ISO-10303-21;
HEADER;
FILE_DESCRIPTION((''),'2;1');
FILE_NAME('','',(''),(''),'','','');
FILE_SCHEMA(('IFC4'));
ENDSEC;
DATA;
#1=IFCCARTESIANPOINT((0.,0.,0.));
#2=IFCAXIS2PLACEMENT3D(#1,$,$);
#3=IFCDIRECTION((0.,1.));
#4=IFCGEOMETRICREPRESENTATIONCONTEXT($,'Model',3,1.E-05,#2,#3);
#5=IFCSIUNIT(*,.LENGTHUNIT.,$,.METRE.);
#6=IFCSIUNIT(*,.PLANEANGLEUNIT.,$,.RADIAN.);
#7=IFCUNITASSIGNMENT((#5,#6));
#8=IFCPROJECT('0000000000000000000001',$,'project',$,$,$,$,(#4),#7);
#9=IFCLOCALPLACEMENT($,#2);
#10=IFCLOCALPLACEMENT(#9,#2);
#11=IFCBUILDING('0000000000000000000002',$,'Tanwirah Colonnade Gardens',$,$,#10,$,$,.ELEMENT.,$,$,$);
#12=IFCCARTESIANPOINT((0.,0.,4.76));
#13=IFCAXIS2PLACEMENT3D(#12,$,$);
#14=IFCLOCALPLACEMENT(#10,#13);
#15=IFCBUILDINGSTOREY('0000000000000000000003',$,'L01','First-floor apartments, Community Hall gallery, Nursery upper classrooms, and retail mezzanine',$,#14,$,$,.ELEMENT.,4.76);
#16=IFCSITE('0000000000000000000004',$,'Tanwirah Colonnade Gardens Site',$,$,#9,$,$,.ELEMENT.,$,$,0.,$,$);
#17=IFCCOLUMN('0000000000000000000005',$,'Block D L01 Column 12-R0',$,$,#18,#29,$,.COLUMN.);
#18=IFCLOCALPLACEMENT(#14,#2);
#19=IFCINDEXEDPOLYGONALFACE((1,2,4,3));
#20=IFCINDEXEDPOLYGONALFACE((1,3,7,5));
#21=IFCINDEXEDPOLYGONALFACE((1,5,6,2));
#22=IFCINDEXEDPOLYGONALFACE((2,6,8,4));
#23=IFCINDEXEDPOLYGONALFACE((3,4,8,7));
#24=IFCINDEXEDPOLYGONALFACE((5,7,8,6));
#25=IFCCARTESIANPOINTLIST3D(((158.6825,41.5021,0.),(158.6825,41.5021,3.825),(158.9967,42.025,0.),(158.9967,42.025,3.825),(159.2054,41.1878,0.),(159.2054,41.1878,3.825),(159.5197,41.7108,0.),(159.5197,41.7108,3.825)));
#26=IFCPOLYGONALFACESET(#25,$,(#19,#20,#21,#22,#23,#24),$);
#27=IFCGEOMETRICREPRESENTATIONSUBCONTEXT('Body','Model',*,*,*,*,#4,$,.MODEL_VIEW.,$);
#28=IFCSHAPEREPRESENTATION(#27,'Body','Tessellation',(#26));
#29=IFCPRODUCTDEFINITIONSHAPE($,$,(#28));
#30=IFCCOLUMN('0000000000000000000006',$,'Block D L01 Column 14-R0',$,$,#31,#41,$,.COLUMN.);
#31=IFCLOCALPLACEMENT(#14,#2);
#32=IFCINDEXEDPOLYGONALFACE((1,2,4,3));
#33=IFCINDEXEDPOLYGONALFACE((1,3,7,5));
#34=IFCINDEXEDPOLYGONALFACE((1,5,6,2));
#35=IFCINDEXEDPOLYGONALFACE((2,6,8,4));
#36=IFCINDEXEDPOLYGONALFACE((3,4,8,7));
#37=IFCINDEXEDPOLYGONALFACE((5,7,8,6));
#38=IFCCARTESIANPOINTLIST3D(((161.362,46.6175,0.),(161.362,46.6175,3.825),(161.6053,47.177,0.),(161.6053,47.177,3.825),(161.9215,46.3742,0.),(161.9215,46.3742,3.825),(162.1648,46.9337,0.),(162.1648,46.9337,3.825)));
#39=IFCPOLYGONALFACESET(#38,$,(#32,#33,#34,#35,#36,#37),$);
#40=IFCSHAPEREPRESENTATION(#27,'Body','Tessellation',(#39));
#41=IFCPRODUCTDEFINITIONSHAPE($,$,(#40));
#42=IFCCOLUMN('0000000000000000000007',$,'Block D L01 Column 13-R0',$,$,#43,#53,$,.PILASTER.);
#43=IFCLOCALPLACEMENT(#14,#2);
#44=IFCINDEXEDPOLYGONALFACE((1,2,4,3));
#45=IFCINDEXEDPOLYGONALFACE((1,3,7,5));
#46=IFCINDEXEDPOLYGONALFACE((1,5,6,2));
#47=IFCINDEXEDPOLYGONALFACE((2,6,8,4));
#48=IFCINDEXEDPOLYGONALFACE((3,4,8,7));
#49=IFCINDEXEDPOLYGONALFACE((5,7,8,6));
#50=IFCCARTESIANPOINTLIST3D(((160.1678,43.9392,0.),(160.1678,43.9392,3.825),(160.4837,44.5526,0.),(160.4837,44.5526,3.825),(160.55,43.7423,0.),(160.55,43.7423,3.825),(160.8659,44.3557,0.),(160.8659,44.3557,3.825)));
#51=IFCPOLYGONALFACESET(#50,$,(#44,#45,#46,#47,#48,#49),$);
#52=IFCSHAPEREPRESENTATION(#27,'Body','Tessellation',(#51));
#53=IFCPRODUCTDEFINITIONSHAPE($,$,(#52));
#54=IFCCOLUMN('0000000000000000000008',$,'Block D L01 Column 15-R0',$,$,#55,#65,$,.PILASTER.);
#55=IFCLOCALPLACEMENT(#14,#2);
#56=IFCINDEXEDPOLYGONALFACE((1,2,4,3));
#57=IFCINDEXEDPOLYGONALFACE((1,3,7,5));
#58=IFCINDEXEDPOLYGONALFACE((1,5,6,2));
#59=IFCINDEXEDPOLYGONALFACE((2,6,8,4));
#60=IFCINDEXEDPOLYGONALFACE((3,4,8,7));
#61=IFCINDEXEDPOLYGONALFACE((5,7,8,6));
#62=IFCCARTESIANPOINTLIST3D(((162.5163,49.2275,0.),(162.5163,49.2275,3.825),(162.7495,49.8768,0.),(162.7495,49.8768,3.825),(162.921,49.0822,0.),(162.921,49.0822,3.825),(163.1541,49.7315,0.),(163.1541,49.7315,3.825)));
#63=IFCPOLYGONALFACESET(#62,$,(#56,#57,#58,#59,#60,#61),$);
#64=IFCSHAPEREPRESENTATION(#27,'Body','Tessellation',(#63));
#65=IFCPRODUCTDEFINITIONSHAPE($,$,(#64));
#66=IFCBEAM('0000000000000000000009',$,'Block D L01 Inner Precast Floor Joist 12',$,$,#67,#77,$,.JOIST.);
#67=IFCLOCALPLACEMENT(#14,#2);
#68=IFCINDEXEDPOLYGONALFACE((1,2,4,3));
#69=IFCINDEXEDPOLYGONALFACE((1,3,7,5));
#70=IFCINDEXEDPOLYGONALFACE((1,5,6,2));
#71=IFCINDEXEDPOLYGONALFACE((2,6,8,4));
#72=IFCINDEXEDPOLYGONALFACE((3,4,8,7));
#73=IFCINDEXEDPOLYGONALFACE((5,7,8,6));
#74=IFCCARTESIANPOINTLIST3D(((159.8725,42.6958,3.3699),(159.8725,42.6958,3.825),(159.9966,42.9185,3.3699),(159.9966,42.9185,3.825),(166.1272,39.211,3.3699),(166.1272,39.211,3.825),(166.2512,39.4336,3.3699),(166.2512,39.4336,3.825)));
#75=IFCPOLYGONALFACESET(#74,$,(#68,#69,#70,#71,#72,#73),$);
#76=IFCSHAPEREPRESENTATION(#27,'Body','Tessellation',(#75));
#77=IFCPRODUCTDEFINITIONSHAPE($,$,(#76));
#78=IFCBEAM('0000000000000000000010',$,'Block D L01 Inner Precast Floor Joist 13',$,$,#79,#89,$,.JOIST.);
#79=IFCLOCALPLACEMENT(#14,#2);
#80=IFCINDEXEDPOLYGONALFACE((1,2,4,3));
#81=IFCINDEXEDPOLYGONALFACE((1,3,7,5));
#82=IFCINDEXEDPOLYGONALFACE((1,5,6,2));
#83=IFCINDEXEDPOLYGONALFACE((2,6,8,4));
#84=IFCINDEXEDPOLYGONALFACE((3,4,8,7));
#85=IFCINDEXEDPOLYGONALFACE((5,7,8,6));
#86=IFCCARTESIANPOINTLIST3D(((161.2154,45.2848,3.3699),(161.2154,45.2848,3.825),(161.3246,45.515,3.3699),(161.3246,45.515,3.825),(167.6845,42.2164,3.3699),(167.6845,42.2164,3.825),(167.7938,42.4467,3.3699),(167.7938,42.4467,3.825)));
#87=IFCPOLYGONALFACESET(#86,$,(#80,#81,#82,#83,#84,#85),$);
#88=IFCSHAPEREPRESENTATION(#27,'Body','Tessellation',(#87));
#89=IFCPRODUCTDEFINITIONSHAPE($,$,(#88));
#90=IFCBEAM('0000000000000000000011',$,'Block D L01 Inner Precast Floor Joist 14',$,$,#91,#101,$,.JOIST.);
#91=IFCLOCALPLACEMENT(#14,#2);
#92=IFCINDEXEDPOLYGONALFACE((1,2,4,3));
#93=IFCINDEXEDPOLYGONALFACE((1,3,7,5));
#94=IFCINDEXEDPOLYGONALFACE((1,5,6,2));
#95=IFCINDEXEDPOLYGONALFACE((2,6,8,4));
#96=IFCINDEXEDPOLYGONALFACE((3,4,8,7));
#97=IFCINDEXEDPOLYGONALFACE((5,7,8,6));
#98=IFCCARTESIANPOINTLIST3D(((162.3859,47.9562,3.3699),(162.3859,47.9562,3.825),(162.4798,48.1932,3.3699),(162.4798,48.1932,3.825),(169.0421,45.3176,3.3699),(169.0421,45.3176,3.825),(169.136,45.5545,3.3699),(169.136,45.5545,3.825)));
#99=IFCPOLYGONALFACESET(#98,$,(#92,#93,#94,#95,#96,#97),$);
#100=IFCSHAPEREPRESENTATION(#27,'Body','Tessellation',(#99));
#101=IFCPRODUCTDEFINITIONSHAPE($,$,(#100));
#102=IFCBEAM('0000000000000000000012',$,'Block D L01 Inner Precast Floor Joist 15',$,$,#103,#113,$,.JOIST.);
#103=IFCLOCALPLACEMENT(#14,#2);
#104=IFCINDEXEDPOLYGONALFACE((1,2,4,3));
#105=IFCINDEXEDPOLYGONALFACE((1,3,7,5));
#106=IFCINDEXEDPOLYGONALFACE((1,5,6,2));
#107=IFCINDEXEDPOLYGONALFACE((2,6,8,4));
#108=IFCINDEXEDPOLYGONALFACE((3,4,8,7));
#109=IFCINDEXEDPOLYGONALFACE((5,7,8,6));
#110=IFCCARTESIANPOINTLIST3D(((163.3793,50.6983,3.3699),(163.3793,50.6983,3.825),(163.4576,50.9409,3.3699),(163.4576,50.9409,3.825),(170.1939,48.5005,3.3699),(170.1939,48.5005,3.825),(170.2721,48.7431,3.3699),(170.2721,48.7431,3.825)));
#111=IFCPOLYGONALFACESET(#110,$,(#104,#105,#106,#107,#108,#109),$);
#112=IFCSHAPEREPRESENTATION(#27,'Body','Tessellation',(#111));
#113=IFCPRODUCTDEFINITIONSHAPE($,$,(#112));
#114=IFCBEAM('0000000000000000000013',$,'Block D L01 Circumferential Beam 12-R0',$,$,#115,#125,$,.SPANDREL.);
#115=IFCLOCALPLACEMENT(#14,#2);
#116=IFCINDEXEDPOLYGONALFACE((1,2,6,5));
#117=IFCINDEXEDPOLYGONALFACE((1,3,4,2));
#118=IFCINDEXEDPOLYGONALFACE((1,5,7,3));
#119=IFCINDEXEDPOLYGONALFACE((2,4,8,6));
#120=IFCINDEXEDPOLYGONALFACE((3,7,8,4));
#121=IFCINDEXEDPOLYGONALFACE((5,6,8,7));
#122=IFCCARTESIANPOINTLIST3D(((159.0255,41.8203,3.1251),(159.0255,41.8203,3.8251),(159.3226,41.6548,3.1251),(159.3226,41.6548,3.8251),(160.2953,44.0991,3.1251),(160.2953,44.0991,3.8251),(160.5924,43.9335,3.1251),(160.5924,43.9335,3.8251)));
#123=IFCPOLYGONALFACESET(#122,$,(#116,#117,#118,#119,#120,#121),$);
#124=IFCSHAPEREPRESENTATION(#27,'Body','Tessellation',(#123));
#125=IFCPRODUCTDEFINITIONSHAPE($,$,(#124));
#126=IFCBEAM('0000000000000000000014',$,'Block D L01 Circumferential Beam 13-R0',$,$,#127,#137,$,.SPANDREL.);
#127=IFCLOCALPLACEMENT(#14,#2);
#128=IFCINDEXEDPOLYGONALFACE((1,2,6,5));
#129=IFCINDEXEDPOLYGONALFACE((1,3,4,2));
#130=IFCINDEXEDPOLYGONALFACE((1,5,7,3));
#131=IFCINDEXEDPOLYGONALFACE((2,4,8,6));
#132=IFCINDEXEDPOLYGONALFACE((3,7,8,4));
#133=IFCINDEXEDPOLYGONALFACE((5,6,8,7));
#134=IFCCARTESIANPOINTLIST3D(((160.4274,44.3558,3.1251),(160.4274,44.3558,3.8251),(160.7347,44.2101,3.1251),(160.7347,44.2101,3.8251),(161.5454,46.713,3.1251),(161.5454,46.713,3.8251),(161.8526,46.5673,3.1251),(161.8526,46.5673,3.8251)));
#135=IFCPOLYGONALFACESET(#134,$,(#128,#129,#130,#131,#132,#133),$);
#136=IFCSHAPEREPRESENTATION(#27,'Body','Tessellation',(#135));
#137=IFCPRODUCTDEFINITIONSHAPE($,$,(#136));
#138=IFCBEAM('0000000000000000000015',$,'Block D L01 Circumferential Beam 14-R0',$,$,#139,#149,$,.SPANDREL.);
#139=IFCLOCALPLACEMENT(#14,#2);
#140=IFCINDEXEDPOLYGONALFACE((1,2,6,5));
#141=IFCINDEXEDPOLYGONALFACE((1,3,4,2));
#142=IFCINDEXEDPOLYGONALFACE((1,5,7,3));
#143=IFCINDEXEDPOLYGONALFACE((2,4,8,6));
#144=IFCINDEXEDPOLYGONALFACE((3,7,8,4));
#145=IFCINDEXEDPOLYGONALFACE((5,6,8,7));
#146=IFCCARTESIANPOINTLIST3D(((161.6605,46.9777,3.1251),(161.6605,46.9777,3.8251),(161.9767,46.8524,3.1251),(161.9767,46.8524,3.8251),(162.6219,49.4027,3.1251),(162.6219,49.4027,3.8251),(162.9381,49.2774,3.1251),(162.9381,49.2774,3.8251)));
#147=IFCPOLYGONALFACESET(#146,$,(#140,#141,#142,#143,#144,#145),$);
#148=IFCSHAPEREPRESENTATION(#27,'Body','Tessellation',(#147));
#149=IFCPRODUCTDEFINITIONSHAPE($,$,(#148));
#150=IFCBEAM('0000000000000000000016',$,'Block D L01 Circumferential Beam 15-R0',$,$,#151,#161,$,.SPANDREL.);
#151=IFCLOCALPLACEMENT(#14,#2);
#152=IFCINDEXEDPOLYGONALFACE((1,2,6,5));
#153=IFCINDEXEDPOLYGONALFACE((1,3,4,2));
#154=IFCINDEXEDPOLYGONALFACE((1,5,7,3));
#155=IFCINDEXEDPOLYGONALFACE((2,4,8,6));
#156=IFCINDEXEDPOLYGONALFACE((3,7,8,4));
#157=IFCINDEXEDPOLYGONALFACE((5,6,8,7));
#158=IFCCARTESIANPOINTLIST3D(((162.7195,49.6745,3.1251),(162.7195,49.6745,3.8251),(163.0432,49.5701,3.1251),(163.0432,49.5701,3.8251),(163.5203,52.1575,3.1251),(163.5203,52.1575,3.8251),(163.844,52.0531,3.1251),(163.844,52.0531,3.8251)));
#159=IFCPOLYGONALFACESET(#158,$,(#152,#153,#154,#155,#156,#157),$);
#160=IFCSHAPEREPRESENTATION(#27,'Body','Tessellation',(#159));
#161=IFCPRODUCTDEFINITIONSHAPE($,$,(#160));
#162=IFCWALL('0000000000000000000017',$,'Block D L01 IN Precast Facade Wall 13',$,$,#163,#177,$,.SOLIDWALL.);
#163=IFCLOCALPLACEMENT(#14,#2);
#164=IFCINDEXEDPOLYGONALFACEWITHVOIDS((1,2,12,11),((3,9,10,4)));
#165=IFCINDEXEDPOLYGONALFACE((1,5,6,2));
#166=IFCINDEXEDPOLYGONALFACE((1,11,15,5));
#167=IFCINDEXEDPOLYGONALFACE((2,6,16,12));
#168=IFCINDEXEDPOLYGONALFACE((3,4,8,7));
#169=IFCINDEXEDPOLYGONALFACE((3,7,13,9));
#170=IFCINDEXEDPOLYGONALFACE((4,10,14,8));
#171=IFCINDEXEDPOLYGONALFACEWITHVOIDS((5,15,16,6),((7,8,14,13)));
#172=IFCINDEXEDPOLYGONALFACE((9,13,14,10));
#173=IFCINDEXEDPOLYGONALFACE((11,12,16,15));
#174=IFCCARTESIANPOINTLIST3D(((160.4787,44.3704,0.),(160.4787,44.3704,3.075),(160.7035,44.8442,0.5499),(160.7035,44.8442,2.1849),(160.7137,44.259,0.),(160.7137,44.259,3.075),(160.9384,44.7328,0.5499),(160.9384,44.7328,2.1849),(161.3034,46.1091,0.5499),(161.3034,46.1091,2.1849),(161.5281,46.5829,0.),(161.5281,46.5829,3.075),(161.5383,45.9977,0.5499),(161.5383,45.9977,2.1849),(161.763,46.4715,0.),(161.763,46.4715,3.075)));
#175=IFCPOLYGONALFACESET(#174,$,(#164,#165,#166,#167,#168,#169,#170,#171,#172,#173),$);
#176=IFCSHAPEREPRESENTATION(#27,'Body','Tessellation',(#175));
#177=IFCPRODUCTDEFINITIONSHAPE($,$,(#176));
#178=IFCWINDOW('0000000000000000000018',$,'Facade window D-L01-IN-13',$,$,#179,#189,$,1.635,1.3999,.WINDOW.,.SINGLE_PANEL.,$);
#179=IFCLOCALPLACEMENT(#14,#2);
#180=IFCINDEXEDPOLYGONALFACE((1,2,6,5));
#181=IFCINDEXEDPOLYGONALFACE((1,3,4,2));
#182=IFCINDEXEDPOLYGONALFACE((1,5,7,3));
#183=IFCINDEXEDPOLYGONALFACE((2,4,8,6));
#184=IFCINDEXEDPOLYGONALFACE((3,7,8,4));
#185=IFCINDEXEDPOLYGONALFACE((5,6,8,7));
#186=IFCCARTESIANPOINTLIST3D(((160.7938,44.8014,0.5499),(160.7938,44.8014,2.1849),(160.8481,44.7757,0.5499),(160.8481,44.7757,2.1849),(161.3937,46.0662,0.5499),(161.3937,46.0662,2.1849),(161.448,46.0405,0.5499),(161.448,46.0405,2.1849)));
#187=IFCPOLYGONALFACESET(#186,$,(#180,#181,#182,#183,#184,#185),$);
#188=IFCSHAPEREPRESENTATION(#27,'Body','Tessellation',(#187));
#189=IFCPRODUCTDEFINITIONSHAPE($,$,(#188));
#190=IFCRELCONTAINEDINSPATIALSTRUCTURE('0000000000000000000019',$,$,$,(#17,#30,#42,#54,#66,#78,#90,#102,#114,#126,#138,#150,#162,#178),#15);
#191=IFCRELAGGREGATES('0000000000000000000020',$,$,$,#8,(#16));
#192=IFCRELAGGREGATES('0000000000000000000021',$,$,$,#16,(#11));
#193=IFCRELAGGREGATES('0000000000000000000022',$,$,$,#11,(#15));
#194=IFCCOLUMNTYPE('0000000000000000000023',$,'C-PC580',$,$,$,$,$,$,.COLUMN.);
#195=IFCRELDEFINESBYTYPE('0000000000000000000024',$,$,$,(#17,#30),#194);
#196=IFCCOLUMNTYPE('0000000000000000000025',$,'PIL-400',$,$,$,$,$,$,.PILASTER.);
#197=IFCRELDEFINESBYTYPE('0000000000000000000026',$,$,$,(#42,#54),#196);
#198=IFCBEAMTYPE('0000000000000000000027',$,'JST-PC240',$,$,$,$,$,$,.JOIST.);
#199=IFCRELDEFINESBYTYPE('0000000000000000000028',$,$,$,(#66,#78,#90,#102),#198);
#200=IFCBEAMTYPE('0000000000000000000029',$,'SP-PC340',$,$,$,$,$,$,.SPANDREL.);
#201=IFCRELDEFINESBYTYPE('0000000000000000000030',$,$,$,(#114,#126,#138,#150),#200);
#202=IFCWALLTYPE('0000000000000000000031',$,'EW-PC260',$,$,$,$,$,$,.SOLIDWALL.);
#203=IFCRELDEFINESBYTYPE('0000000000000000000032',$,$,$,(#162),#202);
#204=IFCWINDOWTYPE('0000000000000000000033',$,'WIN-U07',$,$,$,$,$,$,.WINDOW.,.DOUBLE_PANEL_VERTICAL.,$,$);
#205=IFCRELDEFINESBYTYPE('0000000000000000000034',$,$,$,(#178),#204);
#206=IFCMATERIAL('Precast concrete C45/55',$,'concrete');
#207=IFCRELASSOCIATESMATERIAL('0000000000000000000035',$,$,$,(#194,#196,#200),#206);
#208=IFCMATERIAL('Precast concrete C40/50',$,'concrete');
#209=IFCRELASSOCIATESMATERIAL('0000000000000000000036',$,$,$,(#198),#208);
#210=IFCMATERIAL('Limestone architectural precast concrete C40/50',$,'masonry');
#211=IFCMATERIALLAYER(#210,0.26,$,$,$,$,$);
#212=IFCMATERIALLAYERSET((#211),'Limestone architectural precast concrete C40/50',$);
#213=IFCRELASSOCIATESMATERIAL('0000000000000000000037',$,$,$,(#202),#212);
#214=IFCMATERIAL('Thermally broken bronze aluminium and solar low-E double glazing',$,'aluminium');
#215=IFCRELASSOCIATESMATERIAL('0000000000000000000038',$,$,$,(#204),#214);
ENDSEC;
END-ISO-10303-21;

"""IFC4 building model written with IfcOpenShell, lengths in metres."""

from ifc_helpers import new_model, si_unit, direction, frame, frame_2d, origin, origin_2d, place, context, subcontext, project, spatial, rectangle, extrude, material, layer, layer_set, material_profile, profile_set, type_object, element, fill, save


model = new_model("IFC4")

# Units and contexts
model_context = context("Model", 3, precision=1e-05, world=origin(), true_north=direction((0.0, 1.0)))
body_context = subcontext(model_context, "Body", "Model", "MODEL_VIEW")
ifc_project = project(units=[si_unit("LENGTHUNIT", "METRE"), si_unit("PLANEANGLEUNIT", "RADIAN")], contexts=[model_context])

# Site, building, storey
site_placement = place(None, origin())
site = spatial("IfcSite", under=ifc_project, at=site_placement, Name="Tanwirah Colonnade Gardens Site", CompositionType="ELEMENT", RefElevation=0.0)
building_placement = place(site_placement, origin())
building = spatial("IfcBuilding", under=site, at=building_placement, Name="Tanwirah Colonnade Gardens", CompositionType="ELEMENT")
storey_placement = place(building_placement, frame((0.0, 0.0, 4.76)))
storey = spatial("IfcBuildingStorey", under=building, at=storey_placement, Name="L01", Description="First-floor apartments, Community Hall gallery, Nursery upper classrooms, and retail mezzanine", CompositionType="ELEMENT", Elevation=4.76)

# Columns
ifc_material_1 = material(Name="Precast concrete C45/55", Category="concrete")
ifc_material_profile_1 = material_profile(ifc_material_1, rectangle(XDim=0.6101, YDim=0.6101, at=origin_2d()), Name="PC-COL 610x610")
ifc_profile_set_1 = profile_set([ifc_material_profile_1], Name="Precast concrete C45/55")
column_type_1 = type_object("IfcColumnType", Name="C-PC580", PredefinedType="COLUMN", material=ifc_profile_set_1)
for number, where, z_axis, x_axis, name in (
    (1, (159.1011, 41.6064, 0.0), (0.0, 0.0, 1.0), (0.857167, -0.515038, 0.0), "Block D L01 Column 12-R0"),
    (2, (161.7634, 46.7756, 0.0), (0.0, 0.0, 1.0), (0.91706, -0.398749, 0.0), "Block D L01 Column 14-R0"),
):
    element("IfcColumn", number, at=place(storey_placement, frame(where, z_axis=z_axis, x_axis=x_axis)), inside=storey, type_object=column_type_1, Name=name, PredefinedType="COLUMN", context=body_context, shape_type="SweptSolid", body=[
        extrude(rectangle(XDim=0.6101, YDim=0.6101, at=origin_2d()), origin(), (0.0, 0.0, 1.0), 3.825),
    ])
ifc_material_profile_2 = material_profile(ifc_material_1, rectangle(XDim=0.4299, YDim=0.6899, at=origin_2d()), Name="PC-PIL 430x690")
ifc_profile_set_2 = profile_set([ifc_material_profile_2], Name="Precast concrete C45/55")
column_type_2 = type_object("IfcColumnType", Name="PIL-400", PredefinedType="PILASTER", material=ifc_profile_set_2)
for number, where, z_axis, x_axis, name in (
    (3, (160.5168, 44.1475, 0.0), (0.0, 0.0, 1.0), (0.889017, -0.457874, 0.0), "Block D L01 Column 13-R0"),
    (4, (162.8352, 49.4795, 0.0), (0.0, 0.0, 1.0), (0.941176, -0.337917, 0.0), "Block D L01 Column 15-R0"),
):
    element("IfcColumn", number, at=place(storey_placement, frame(where, z_axis=z_axis, x_axis=x_axis)), inside=storey, type_object=column_type_2, Name=name, PredefinedType="PILASTER", context=body_context, shape_type="SweptSolid", body=[
        extrude(rectangle(XDim=0.4299, YDim=0.6899, at=origin_2d()), origin(), (0.0, 0.0, 1.0), 3.825),
    ])

# Beams
ifc_material_2 = material(Name="Precast concrete C40/50", Category="concrete")
ifc_material_profile_3 = material_profile(ifc_material_2, rectangle(XDim=0.2549, YDim=0.4551, at=origin_2d()), Name="PC-JST 255x455")
ifc_profile_set_3 = profile_set([ifc_material_profile_3], Name="Precast concrete C40/50")
beam_type_1 = type_object("IfcBeamType", Name="JST-PC240", PredefinedType="JOIST", material=ifc_profile_set_3)
for number, where, z_axis, x_axis, name in (
    (5, (159.9346, 42.8071, 3.5974), (0.87356, -0.486717, 0.0), (0.486717, 0.87356, 0.0), "Block D L01 Inner Precast Floor Joist 12"),
    (6, (161.27, 45.3999, 3.5974), (0.903522, -0.428541, 0.0), (0.428541, 0.903522, 0.0), "Block D L01 Inner Precast Floor Joist 13"),
):
    element("IfcBeam", number, at=place(storey_placement, frame(where, z_axis=z_axis, x_axis=x_axis)), inside=storey, type_object=beam_type_1, Name=name, PredefinedType="JOIST", context=body_context, shape_type="SweptSolid", body=[
        extrude(rectangle(XDim=0.2549, YDim=0.4551, at=origin_2d()), origin(), (0.0, 0.0, 1.0), 7.1599),
    ])
for number, where, z_axis, x_axis, name in (
    (7, (162.4329, 48.0747, 3.5974), (0.92962, -0.36852, 0.0), (0.36852, 0.92962, 0.0), "Block D L01 Inner Precast Floor Joist 14"),
    (8, (163.4185, 50.8196, 3.5974), (0.951727, -0.306945, 0.0), (0.306945, 0.951727, 0.0), "Block D L01 Inner Precast Floor Joist 15"),
):
    element("IfcBeam", number, at=place(storey_placement, frame(where, z_axis=z_axis, x_axis=x_axis)), inside=storey, type_object=beam_type_1, Name=name, PredefinedType="JOIST", context=body_context, shape_type="SweptSolid", body=[
        extrude(rectangle(XDim=0.2549, YDim=0.4551, at=origin_2d()), origin(), (0.0, 0.0, 1.0), 7.1602),
    ])
ifc_material_profile_4 = material_profile(ifc_material_1, rectangle(XDim=0.3401, YDim=0.7, at=origin_2d()), Name="PC-SP 340x700")
ifc_profile_set_4 = profile_set([ifc_material_profile_4], Name="Precast concrete C45/55")
beam_type_2 = type_object("IfcBeamType", Name="SP-PC340", PredefinedType="SPANDREL", material=ifc_profile_set_4)
beam_1_placement = place(storey_placement, frame((159.1741, 41.7375, 3.4751), z_axis=(0.486747, 0.873543, 0.0), x_axis=(-0.873543, 0.486747, 0.0)))
element("IfcBeam", 9, at=beam_1_placement, inside=storey, type_object=beam_type_2, Name="Block D L01 Circumferential Beam 12-R0", PredefinedType="SPANDREL", context=body_context, shape_type="SweptSolid", body=[
    extrude(rectangle(XDim=0.3401, YDim=0.7, at=origin_2d()), origin(), (0.0, 0.0, 1.0), 2.6086),
])
beam_2_placement = place(storey_placement, frame((160.5811, 44.283, 3.4751), z_axis=(0.428513, 0.903536, 0.0), x_axis=(-0.903536, 0.428513, 0.0)))
element("IfcBeam", 10, at=beam_2_placement, inside=storey, type_object=beam_type_2, Name="Block D L01 Circumferential Beam 13-R0", PredefinedType="SPANDREL", context=body_context, shape_type="SweptSolid", body=[
    extrude(rectangle(XDim=0.3401, YDim=0.7, at=origin_2d()), origin(), (0.0, 0.0, 1.0), 2.6089),
])
beam_3_placement = place(storey_placement, frame((161.8186, 46.915, 3.4751), z_axis=(0.368549, 0.929608, 0.0), x_axis=(-0.929608, 0.368549, 0.0)))
element("IfcBeam", 11, at=beam_3_placement, inside=storey, type_object=beam_type_2, Name="Block D L01 Circumferential Beam 14-R0", PredefinedType="SPANDREL", context=body_context, shape_type="SweptSolid", body=[
    extrude(rectangle(XDim=0.3401, YDim=0.7, at=origin_2d()), origin(), (0.0, 0.0, 1.0), 2.6086),
])
beam_4_placement = place(storey_placement, frame((162.8813, 49.6223, 3.4751), z_axis=(0.306948, 0.951726, 0.0), x_axis=(-0.951726, 0.306948, 0.0)))
element("IfcBeam", 12, at=beam_4_placement, inside=storey, type_object=beam_type_2, Name="Block D L01 Circumferential Beam 15-R0", PredefinedType="SPANDREL", context=body_context, shape_type="SweptSolid", body=[
    extrude(rectangle(XDim=0.3401, YDim=0.7, at=origin_2d()), origin(), (0.0, 0.0, 1.0), 2.6089),
])

# Wall, opening, window
ifc_material_3 = material(Name="Limestone architectural precast concrete C40/50", Category="masonry")
ifc_layer_1 = layer(ifc_material_3, 0.26)
ifc_layer_set_1 = layer_set([ifc_layer_1], Name="Limestone architectural precast concrete C40/50")
wall_type_1 = type_object("IfcWallType", Name="EW-PC260", PredefinedType="SOLIDWALL", material=ifc_layer_set_1)
wall_1_placement = place(storey_placement, frame((160.5962, 44.3147, 0.0), z_axis=(0.0, 0.0, 1.0), x_axis=(0.428532, 0.903527, 0.0)))
wall_1 = element("IfcWall", 13, at=wall_1_placement, inside=storey, type_object=wall_type_1, Name="Block D L01 IN Precast Facade Wall 13", PredefinedType="SOLIDWALL", context=body_context, shape_type="SweptSolid", body=[
    extrude(rectangle(XDim=2.4487, YDim=0.26, at=frame_2d((1.2244, 0.0))), origin(), (0.0, 0.0, 1.0), 3.075),
])
opening_1_placement = place(wall_1_placement, frame((0.5244, 0.0, 0.55)))
opening_1 = element("IfcOpeningElement", 14, at=opening_1_placement, cuts=wall_1, PredefinedType="OPENING", context=body_context, shape_type="SweptSolid", body=[
    extrude(rectangle(XDim=1.3999, YDim=1.635, at=frame_2d((0.7, 0.8174))), frame((0.0, 0.1399, 0.0), z_axis=(0.0, -1.0, 0.0), x_axis=(1.0, 0.0, 0.0)), (0.0, 0.0, 1.0), 0.28),
])
ifc_material_4 = material(Name="Thermally broken bronze aluminium and solar low-E double glazing", Category="aluminium")
window_type_1 = type_object("IfcWindowType", Name="WIN-U07", PartitioningType="DOUBLE_PANEL_VERTICAL", PredefinedType="WINDOW", material=ifc_material_4)
window_1_placement = place(opening_1_placement, origin())
window_1 = element("IfcWindow", 15, at=window_1_placement, inside=storey, type_object=window_type_1, Name="Facade window D-L01-IN-13", OverallHeight=1.635, OverallWidth=1.3999, PartitioningType="SINGLE_PANEL", PredefinedType="WINDOW", context=body_context, shape_type="SweptSolid", body=[
    extrude(rectangle(XDim=1.3999, YDim=1.635, at=frame_2d((0.7, 0.8174))), frame((0.0, 0.03, 0.0), z_axis=(0.0, -1.0, 0.0), x_axis=(1.0, 0.0, 0.0)), (0.0, 0.0, 1.0), 0.0601),
])
fill(opening_1, window_1)

save(model, "model.ifc")
